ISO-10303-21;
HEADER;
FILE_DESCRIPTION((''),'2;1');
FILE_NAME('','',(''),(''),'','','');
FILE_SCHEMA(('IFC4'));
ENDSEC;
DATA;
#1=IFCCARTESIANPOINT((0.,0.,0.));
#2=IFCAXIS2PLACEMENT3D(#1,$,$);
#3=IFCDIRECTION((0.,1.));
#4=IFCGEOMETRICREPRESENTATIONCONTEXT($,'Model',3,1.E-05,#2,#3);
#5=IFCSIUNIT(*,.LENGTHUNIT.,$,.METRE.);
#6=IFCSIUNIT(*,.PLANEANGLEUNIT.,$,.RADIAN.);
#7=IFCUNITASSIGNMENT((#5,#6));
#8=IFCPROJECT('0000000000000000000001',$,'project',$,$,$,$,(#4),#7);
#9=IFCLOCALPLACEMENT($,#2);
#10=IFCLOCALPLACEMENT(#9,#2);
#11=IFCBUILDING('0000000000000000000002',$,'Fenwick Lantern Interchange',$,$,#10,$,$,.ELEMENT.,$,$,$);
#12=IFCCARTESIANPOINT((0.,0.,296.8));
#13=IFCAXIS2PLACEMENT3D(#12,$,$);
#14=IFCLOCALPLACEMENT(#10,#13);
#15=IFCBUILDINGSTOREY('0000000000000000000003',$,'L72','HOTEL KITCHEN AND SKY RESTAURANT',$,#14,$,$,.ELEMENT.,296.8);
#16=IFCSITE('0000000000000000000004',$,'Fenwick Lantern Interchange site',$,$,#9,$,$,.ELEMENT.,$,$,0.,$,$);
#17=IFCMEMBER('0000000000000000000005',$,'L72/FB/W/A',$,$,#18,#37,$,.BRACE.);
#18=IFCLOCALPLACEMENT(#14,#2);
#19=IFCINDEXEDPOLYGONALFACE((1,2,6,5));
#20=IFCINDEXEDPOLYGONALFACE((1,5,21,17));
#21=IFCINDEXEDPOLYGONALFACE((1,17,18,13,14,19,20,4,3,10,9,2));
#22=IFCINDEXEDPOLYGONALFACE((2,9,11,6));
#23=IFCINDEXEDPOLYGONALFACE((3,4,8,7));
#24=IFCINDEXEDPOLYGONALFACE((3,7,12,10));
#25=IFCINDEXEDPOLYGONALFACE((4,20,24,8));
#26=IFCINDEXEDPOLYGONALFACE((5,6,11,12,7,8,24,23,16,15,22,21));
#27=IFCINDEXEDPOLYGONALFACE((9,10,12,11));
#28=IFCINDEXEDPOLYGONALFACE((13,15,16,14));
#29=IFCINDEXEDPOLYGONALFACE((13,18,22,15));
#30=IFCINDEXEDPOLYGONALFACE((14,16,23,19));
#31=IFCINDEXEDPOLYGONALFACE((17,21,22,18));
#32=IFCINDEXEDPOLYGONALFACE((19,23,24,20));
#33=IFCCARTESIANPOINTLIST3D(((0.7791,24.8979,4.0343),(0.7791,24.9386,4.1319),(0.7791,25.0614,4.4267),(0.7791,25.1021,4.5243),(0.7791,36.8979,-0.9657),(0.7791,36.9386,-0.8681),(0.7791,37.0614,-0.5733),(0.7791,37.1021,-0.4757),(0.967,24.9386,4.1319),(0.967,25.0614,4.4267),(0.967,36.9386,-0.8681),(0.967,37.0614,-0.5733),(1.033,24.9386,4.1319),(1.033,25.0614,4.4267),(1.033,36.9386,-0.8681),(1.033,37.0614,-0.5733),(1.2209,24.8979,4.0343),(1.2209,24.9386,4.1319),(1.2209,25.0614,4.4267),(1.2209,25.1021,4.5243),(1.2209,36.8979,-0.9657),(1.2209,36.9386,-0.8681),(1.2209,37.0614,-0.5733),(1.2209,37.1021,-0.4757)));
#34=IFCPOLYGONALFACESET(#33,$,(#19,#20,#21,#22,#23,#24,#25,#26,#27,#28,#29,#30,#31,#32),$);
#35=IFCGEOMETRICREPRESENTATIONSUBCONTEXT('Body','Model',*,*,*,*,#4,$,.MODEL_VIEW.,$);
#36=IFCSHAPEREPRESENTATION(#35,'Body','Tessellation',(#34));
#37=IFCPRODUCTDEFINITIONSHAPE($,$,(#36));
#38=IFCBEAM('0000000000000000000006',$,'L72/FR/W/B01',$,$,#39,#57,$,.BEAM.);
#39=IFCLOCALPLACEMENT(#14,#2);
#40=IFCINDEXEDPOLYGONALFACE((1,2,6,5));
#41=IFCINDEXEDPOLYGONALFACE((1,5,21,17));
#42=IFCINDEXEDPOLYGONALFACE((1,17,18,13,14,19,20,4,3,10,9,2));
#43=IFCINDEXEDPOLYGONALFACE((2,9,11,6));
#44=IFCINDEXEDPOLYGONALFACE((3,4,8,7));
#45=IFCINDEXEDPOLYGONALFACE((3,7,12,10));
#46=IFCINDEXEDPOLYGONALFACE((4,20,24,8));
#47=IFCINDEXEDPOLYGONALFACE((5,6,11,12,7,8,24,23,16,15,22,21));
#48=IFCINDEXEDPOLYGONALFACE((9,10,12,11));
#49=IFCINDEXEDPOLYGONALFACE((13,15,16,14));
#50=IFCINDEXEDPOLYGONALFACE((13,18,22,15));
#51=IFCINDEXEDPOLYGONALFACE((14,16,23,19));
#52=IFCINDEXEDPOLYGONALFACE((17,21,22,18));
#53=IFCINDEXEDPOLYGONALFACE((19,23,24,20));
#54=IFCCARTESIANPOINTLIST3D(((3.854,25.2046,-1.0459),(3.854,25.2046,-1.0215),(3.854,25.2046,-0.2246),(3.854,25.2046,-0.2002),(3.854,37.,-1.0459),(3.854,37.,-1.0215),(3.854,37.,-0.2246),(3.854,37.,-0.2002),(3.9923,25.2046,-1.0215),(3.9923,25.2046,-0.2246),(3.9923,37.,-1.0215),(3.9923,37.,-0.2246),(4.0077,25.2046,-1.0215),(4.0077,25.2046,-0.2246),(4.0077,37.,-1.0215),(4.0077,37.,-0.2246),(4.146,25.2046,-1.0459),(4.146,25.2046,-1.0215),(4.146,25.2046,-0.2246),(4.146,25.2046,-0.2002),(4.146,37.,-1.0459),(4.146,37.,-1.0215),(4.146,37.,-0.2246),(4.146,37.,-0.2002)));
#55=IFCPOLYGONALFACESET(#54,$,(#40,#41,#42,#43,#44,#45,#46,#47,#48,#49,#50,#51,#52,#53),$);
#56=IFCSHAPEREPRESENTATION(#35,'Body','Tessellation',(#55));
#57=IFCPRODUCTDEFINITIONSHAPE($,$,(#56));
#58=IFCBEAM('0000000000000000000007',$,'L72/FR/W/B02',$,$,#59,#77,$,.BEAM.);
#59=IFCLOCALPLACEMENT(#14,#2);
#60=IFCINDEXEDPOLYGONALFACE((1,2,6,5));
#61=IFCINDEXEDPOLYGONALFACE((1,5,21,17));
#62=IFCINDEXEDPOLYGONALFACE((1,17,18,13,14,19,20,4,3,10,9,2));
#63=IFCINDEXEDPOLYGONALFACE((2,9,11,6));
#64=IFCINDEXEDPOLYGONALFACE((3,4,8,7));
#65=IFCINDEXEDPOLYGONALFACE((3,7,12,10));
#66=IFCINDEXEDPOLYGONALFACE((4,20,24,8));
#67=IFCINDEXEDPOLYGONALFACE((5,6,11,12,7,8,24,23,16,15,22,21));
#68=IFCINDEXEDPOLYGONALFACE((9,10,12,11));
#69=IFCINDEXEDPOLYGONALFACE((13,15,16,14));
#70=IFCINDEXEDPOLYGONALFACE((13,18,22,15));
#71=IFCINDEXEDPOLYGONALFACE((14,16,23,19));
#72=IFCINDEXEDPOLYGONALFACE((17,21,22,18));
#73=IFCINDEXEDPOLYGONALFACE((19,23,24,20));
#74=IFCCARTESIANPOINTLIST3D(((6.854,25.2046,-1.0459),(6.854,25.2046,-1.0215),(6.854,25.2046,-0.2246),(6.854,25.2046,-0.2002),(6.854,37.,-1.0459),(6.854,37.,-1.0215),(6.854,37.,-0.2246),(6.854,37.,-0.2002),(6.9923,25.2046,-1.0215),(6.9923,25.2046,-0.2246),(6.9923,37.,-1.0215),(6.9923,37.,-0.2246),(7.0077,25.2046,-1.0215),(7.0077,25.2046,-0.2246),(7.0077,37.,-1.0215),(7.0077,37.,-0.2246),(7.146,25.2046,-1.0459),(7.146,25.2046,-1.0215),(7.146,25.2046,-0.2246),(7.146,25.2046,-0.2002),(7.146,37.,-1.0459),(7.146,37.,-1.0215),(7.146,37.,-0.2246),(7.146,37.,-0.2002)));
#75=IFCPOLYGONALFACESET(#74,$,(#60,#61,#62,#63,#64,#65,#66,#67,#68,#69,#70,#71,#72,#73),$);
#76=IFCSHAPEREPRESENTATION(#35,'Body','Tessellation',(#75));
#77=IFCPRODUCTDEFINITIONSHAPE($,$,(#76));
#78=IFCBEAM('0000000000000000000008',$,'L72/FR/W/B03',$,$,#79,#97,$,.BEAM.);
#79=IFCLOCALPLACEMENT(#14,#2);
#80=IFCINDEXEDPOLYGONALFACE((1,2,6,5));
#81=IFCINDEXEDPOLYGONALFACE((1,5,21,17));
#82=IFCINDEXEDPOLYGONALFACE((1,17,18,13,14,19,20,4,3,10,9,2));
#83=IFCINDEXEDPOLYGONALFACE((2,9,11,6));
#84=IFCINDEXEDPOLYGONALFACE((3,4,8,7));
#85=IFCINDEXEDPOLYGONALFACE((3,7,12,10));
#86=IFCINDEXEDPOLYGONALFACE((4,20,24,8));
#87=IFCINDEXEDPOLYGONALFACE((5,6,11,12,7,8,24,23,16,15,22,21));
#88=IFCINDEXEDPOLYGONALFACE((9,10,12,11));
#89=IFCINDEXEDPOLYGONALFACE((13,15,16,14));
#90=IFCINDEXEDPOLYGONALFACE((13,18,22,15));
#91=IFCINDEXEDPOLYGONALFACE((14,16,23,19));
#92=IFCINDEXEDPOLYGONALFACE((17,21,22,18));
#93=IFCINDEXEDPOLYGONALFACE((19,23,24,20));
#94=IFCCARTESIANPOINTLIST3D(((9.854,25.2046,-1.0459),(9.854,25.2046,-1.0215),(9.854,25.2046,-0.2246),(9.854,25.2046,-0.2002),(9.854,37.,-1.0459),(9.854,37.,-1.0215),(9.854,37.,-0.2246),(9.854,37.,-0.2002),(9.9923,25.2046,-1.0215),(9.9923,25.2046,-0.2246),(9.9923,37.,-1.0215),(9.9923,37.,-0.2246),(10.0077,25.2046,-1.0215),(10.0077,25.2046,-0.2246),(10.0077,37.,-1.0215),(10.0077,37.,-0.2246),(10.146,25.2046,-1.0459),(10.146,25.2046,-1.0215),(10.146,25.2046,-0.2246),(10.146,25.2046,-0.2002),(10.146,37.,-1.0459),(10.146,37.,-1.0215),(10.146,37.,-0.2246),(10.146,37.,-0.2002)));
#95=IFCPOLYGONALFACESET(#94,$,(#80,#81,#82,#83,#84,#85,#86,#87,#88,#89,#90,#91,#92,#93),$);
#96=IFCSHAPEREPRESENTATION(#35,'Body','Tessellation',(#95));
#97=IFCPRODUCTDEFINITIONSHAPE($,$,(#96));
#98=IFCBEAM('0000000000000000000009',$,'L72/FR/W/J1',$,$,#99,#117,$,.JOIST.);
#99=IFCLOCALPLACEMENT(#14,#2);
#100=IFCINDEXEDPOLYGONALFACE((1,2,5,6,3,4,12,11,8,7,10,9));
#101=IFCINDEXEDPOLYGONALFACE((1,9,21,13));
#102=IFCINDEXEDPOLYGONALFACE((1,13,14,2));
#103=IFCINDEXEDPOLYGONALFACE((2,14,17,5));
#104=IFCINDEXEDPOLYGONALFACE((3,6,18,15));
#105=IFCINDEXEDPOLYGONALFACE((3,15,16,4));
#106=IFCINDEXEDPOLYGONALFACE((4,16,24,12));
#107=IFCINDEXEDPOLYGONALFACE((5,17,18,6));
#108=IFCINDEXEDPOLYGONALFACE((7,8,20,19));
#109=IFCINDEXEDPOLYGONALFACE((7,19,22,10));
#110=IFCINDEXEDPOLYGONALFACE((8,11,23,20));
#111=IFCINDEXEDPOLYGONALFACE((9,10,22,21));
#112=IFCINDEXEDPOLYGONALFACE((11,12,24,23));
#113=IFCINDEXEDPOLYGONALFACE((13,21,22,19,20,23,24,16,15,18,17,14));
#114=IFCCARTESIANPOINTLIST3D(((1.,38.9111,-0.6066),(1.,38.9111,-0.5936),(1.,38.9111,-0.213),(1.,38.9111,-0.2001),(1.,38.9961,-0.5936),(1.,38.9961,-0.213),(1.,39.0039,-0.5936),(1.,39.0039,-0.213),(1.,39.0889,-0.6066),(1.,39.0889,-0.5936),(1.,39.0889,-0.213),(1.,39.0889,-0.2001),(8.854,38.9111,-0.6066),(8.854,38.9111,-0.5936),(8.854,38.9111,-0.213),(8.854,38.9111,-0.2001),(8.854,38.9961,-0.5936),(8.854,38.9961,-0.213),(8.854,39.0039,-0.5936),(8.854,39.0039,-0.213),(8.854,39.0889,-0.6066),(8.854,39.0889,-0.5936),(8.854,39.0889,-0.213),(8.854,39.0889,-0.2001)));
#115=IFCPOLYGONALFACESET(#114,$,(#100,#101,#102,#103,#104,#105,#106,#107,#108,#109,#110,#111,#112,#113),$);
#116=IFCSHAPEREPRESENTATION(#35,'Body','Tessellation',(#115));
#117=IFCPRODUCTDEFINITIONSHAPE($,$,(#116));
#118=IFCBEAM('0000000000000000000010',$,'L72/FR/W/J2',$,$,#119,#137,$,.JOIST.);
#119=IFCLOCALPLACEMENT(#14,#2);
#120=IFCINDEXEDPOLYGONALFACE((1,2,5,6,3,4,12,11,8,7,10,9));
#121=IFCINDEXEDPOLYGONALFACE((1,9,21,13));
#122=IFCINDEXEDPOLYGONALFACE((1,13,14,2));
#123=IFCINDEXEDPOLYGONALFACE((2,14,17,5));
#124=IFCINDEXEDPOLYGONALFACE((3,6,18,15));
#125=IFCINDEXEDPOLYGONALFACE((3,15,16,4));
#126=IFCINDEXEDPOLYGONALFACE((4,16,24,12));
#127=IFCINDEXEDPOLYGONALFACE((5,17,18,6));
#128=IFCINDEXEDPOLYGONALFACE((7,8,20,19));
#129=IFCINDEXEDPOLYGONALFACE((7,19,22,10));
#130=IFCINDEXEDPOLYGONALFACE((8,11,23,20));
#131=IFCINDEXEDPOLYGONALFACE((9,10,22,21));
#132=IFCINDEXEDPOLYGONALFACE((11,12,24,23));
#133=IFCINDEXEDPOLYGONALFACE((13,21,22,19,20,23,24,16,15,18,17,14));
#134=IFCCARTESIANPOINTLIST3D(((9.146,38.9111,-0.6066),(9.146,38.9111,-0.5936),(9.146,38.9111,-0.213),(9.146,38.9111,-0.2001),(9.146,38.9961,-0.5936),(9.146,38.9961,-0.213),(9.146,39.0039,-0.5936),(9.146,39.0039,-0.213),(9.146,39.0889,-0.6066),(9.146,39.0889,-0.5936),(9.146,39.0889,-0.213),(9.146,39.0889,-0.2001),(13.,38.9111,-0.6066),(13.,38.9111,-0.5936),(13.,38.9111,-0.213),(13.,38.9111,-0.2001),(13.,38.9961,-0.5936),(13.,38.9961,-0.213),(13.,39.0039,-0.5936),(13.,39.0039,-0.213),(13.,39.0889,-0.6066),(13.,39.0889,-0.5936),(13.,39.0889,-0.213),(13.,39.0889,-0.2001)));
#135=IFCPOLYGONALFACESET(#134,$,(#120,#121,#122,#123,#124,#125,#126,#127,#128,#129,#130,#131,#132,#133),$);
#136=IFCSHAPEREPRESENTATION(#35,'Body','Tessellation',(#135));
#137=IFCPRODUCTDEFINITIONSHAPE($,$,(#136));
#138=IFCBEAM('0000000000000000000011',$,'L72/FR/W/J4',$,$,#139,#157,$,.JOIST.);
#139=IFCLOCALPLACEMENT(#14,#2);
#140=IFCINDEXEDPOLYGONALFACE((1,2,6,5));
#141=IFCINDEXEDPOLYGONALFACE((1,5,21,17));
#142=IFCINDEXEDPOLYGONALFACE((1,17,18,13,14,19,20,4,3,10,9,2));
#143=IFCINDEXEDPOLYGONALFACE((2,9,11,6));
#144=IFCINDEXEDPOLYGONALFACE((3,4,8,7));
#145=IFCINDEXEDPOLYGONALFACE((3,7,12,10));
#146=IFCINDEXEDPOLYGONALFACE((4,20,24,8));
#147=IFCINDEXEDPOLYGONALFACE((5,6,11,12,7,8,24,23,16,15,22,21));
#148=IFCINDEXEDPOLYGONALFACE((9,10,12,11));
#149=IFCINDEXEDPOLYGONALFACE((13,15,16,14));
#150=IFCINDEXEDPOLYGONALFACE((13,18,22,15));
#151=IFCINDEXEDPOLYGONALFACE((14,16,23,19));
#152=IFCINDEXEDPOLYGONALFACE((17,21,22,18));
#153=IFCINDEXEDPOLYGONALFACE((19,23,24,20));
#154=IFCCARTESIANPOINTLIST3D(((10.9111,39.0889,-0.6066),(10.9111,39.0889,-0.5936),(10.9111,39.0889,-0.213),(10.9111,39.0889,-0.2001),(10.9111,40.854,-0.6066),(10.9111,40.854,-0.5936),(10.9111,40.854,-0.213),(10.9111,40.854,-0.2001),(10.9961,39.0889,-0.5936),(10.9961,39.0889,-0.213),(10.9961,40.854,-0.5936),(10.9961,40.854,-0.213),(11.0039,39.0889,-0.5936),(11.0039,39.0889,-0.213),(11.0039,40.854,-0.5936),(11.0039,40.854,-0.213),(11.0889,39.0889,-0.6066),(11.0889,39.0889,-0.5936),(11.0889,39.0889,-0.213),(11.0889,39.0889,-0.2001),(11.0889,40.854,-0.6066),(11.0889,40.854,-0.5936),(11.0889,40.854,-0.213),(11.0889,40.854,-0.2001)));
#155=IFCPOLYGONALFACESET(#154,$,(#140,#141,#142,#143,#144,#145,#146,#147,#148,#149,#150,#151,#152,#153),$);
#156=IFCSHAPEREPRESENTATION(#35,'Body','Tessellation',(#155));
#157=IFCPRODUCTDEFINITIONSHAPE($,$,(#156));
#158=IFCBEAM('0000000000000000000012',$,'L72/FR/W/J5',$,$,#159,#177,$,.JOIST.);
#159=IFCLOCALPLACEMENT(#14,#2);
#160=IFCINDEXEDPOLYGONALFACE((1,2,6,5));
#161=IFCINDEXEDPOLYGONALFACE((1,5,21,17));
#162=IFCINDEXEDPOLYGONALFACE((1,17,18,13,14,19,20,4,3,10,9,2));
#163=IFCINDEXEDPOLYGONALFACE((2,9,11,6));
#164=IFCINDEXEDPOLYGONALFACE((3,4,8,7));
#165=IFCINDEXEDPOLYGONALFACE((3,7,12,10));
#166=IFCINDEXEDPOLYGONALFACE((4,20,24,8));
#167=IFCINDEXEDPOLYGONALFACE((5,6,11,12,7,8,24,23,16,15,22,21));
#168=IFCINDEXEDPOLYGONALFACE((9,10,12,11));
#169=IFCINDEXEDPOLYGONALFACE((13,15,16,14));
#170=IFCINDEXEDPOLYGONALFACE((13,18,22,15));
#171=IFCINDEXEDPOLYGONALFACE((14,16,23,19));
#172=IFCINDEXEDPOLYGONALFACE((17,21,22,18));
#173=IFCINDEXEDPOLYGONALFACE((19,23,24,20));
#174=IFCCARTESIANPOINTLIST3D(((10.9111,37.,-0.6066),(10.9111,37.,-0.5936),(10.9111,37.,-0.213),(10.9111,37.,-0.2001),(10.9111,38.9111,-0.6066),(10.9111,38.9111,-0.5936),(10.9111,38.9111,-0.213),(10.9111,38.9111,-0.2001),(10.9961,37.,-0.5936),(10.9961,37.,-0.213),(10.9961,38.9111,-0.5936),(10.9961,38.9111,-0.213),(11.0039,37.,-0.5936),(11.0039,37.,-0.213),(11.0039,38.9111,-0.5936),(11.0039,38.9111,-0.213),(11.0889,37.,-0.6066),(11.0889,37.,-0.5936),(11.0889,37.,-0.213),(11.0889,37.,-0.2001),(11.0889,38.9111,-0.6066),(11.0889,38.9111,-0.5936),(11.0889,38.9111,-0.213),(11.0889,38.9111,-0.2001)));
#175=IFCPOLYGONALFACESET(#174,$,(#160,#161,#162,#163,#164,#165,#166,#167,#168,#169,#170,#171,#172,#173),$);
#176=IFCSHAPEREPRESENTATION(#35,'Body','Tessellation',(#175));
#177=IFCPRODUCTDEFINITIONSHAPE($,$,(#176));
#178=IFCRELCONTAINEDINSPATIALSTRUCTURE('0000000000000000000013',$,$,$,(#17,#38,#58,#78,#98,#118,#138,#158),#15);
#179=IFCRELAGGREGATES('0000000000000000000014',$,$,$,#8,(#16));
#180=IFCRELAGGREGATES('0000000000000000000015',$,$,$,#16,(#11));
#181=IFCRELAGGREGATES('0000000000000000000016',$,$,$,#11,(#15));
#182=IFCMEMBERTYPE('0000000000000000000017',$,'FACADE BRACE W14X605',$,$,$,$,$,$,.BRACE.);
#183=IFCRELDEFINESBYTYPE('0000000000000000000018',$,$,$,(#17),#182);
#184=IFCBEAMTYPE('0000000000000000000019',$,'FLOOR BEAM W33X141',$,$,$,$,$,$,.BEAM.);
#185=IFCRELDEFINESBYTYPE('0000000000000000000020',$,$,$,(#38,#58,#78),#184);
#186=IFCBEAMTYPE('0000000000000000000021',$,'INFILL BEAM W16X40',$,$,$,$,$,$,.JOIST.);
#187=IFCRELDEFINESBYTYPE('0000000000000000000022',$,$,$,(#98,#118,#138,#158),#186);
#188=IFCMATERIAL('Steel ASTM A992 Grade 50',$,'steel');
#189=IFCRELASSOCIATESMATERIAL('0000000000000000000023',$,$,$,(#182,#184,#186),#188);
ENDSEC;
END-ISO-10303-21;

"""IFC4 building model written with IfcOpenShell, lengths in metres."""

from ifc_helpers import new_model, si_unit, direction, frame, origin, origin_2d, place, context, subcontext, project, spatial, i_section, extrude, material, material_profile, profile_set, type_object, element, save


model = new_model("IFC4")

# Units and contexts
model_context = context("Model", 3, precision=1e-05, world=origin(), true_north=direction((0.0, 1.0)))
body_context = subcontext(model_context, "Body", "Model", "MODEL_VIEW")
ifc_project = project(units=[si_unit("LENGTHUNIT", "METRE"), si_unit("PLANEANGLEUNIT", "RADIAN")], contexts=[model_context])

# Site, building, storey
site_placement = place(None, origin())
site = spatial("IfcSite", under=ifc_project, at=site_placement, Name="Fenwick Lantern Interchange site", CompositionType="ELEMENT", RefElevation=0.0)
building_placement = place(site_placement, origin())
building = spatial("IfcBuilding", under=site, at=building_placement, Name="Fenwick Lantern Interchange", CompositionType="ELEMENT")
storey_placement = place(building_placement, frame((0.0, 0.0, 296.8)))
storey = spatial("IfcBuildingStorey", under=building, at=storey_placement, Name="L72", Description="HOTEL KITCHEN AND SKY RESTAURANT", CompositionType="ELEMENT", Elevation=296.8)

# Shared definitions
ifc_material_1 = material(Name="Steel ASTM A992 Grade 50", Category="steel")

# Member
ifc_material_profile_1 = material_profile(ifc_material_1, i_section(OverallWidth=0.4419, OverallDepth=0.5308, WebThickness=0.0659, FlangeThickness=0.1057, at=origin_2d()), Name="W14X605")
ifc_profile_set_1 = profile_set([ifc_material_profile_1], Name="Steel ASTM A992 Grade 50")
member_type_1 = type_object("IfcMemberType", Name="FACADE BRACE W14X605", PredefinedType="BRACE", material=ifc_profile_set_1)
member_1_placement = place(storey_placement, frame((1.0, 37.0, -0.7207), z_axis=(0.0, -0.923077, 0.384615), x_axis=(1.0, 0.0, 0.0)))
element("IfcMember", 1, at=member_1_placement, inside=storey, type_object=member_type_1, Name="L72/FB/W/A", PredefinedType="BRACE", context=body_context, shape_type="SweptSolid", body=[
    extrude(i_section(OverallWidth=0.4419, OverallDepth=0.5308, WebThickness=0.0659, FlangeThickness=0.1057, at=origin_2d()), origin(), (0.0, 0.0, 1.0), 13.0),
])

# Beams
ifc_material_profile_2 = material_profile(ifc_material_1, i_section(OverallWidth=0.292, OverallDepth=0.8457, WebThickness=0.0154, FlangeThickness=0.0244, at=origin_2d()), Name="W33X141")
ifc_profile_set_2 = profile_set([ifc_material_profile_2], Name="Steel ASTM A992 Grade 50")
beam_type_1 = type_object("IfcBeamType", Name="FLOOR BEAM W33X141", PredefinedType="BEAM", material=ifc_profile_set_2)
for number, where, z_axis, x_axis, name in (
    (2, (4.0, 37.0, -0.623), (0.0, -1.0, 0.0), (1.0, 0.0, 0.0), "L72/FR/W/B01"),
    (3, (7.0, 37.0, -0.623), (0.0, -1.0, 0.0), (1.0, 0.0, 0.0), "L72/FR/W/B02"),
    (4, (10.0, 37.0, -0.623), (0.0, -1.0, 0.0), (1.0, 0.0, 0.0), "L72/FR/W/B03"),
):
    element("IfcBeam", number, at=place(storey_placement, frame(where, z_axis=z_axis, x_axis=x_axis)), inside=storey, type_object=beam_type_1, Name=name, PredefinedType="BEAM", context=body_context, shape_type="SweptSolid", body=[
        extrude(i_section(OverallWidth=0.292, OverallDepth=0.8457, WebThickness=0.0154, FlangeThickness=0.0244, at=origin_2d()), origin(), (0.0, 0.0, 1.0), 11.7954),
    ])
ifc_material_profile_3 = material_profile(ifc_material_1, i_section(OverallWidth=0.1777, OverallDepth=0.4065, WebThickness=0.0078, FlangeThickness=0.0129, at=origin_2d()), Name="W16X40")
ifc_profile_set_3 = profile_set([ifc_material_profile_3], Name="Steel ASTM A992 Grade 50")
beam_type_2 = type_object("IfcBeamType", Name="INFILL BEAM W16X40", PredefinedType="JOIST", material=ifc_profile_set_3)
beam_1_placement = place(storey_placement, frame((1.0, 39.0, -0.4033), z_axis=(1.0, 0.0, 0.0), x_axis=(0.0, 1.0, 0.0)))
element("IfcBeam", 5, at=beam_1_placement, inside=storey, type_object=beam_type_2, Name="L72/FR/W/J1", PredefinedType="JOIST", context=body_context, shape_type="SweptSolid", body=[
    extrude(i_section(OverallWidth=0.1777, OverallDepth=0.4065, WebThickness=0.0078, FlangeThickness=0.0129, at=origin_2d()), origin(), (0.0, 0.0, 1.0), 7.854),
])
beam_2_placement = place(storey_placement, frame((9.146, 39.0, -0.4033), z_axis=(1.0, 0.0, 0.0), x_axis=(0.0, 1.0, 0.0)))
element("IfcBeam", 6, at=beam_2_placement, inside=storey, type_object=beam_type_2, Name="L72/FR/W/J2", PredefinedType="JOIST", context=body_context, shape_type="SweptSolid", body=[
    extrude(i_section(OverallWidth=0.1777, OverallDepth=0.4065, WebThickness=0.0078, FlangeThickness=0.0129, at=origin_2d()), origin(), (0.0, 0.0, 1.0), 3.854),
])
beam_3_placement = place(storey_placement, frame((11.0, 40.854, -0.4033), z_axis=(0.0, -1.0, 0.0), x_axis=(1.0, 0.0, 0.0)))
element("IfcBeam", 7, at=beam_3_placement, inside=storey, type_object=beam_type_2, Name="L72/FR/W/J4", PredefinedType="JOIST", context=body_context, shape_type="SweptSolid", body=[
    extrude(i_section(OverallWidth=0.1777, OverallDepth=0.4065, WebThickness=0.0078, FlangeThickness=0.0129, at=origin_2d()), origin(), (0.0, 0.0, 1.0), 1.7651),
])
beam_4_placement = place(storey_placement, frame((11.0, 38.9111, -0.4033), z_axis=(0.0, -1.0, 0.0), x_axis=(1.0, 0.0, 0.0)))
element("IfcBeam", 8, at=beam_4_placement, inside=storey, type_object=beam_type_2, Name="L72/FR/W/J5", PredefinedType="JOIST", context=body_context, shape_type="SweptSolid", body=[
    extrude(i_section(OverallWidth=0.1777, OverallDepth=0.4065, WebThickness=0.0078, FlangeThickness=0.0129, at=origin_2d()), origin(), (0.0, 0.0, 1.0), 1.9111),
])

save(model, "model.ifc")
